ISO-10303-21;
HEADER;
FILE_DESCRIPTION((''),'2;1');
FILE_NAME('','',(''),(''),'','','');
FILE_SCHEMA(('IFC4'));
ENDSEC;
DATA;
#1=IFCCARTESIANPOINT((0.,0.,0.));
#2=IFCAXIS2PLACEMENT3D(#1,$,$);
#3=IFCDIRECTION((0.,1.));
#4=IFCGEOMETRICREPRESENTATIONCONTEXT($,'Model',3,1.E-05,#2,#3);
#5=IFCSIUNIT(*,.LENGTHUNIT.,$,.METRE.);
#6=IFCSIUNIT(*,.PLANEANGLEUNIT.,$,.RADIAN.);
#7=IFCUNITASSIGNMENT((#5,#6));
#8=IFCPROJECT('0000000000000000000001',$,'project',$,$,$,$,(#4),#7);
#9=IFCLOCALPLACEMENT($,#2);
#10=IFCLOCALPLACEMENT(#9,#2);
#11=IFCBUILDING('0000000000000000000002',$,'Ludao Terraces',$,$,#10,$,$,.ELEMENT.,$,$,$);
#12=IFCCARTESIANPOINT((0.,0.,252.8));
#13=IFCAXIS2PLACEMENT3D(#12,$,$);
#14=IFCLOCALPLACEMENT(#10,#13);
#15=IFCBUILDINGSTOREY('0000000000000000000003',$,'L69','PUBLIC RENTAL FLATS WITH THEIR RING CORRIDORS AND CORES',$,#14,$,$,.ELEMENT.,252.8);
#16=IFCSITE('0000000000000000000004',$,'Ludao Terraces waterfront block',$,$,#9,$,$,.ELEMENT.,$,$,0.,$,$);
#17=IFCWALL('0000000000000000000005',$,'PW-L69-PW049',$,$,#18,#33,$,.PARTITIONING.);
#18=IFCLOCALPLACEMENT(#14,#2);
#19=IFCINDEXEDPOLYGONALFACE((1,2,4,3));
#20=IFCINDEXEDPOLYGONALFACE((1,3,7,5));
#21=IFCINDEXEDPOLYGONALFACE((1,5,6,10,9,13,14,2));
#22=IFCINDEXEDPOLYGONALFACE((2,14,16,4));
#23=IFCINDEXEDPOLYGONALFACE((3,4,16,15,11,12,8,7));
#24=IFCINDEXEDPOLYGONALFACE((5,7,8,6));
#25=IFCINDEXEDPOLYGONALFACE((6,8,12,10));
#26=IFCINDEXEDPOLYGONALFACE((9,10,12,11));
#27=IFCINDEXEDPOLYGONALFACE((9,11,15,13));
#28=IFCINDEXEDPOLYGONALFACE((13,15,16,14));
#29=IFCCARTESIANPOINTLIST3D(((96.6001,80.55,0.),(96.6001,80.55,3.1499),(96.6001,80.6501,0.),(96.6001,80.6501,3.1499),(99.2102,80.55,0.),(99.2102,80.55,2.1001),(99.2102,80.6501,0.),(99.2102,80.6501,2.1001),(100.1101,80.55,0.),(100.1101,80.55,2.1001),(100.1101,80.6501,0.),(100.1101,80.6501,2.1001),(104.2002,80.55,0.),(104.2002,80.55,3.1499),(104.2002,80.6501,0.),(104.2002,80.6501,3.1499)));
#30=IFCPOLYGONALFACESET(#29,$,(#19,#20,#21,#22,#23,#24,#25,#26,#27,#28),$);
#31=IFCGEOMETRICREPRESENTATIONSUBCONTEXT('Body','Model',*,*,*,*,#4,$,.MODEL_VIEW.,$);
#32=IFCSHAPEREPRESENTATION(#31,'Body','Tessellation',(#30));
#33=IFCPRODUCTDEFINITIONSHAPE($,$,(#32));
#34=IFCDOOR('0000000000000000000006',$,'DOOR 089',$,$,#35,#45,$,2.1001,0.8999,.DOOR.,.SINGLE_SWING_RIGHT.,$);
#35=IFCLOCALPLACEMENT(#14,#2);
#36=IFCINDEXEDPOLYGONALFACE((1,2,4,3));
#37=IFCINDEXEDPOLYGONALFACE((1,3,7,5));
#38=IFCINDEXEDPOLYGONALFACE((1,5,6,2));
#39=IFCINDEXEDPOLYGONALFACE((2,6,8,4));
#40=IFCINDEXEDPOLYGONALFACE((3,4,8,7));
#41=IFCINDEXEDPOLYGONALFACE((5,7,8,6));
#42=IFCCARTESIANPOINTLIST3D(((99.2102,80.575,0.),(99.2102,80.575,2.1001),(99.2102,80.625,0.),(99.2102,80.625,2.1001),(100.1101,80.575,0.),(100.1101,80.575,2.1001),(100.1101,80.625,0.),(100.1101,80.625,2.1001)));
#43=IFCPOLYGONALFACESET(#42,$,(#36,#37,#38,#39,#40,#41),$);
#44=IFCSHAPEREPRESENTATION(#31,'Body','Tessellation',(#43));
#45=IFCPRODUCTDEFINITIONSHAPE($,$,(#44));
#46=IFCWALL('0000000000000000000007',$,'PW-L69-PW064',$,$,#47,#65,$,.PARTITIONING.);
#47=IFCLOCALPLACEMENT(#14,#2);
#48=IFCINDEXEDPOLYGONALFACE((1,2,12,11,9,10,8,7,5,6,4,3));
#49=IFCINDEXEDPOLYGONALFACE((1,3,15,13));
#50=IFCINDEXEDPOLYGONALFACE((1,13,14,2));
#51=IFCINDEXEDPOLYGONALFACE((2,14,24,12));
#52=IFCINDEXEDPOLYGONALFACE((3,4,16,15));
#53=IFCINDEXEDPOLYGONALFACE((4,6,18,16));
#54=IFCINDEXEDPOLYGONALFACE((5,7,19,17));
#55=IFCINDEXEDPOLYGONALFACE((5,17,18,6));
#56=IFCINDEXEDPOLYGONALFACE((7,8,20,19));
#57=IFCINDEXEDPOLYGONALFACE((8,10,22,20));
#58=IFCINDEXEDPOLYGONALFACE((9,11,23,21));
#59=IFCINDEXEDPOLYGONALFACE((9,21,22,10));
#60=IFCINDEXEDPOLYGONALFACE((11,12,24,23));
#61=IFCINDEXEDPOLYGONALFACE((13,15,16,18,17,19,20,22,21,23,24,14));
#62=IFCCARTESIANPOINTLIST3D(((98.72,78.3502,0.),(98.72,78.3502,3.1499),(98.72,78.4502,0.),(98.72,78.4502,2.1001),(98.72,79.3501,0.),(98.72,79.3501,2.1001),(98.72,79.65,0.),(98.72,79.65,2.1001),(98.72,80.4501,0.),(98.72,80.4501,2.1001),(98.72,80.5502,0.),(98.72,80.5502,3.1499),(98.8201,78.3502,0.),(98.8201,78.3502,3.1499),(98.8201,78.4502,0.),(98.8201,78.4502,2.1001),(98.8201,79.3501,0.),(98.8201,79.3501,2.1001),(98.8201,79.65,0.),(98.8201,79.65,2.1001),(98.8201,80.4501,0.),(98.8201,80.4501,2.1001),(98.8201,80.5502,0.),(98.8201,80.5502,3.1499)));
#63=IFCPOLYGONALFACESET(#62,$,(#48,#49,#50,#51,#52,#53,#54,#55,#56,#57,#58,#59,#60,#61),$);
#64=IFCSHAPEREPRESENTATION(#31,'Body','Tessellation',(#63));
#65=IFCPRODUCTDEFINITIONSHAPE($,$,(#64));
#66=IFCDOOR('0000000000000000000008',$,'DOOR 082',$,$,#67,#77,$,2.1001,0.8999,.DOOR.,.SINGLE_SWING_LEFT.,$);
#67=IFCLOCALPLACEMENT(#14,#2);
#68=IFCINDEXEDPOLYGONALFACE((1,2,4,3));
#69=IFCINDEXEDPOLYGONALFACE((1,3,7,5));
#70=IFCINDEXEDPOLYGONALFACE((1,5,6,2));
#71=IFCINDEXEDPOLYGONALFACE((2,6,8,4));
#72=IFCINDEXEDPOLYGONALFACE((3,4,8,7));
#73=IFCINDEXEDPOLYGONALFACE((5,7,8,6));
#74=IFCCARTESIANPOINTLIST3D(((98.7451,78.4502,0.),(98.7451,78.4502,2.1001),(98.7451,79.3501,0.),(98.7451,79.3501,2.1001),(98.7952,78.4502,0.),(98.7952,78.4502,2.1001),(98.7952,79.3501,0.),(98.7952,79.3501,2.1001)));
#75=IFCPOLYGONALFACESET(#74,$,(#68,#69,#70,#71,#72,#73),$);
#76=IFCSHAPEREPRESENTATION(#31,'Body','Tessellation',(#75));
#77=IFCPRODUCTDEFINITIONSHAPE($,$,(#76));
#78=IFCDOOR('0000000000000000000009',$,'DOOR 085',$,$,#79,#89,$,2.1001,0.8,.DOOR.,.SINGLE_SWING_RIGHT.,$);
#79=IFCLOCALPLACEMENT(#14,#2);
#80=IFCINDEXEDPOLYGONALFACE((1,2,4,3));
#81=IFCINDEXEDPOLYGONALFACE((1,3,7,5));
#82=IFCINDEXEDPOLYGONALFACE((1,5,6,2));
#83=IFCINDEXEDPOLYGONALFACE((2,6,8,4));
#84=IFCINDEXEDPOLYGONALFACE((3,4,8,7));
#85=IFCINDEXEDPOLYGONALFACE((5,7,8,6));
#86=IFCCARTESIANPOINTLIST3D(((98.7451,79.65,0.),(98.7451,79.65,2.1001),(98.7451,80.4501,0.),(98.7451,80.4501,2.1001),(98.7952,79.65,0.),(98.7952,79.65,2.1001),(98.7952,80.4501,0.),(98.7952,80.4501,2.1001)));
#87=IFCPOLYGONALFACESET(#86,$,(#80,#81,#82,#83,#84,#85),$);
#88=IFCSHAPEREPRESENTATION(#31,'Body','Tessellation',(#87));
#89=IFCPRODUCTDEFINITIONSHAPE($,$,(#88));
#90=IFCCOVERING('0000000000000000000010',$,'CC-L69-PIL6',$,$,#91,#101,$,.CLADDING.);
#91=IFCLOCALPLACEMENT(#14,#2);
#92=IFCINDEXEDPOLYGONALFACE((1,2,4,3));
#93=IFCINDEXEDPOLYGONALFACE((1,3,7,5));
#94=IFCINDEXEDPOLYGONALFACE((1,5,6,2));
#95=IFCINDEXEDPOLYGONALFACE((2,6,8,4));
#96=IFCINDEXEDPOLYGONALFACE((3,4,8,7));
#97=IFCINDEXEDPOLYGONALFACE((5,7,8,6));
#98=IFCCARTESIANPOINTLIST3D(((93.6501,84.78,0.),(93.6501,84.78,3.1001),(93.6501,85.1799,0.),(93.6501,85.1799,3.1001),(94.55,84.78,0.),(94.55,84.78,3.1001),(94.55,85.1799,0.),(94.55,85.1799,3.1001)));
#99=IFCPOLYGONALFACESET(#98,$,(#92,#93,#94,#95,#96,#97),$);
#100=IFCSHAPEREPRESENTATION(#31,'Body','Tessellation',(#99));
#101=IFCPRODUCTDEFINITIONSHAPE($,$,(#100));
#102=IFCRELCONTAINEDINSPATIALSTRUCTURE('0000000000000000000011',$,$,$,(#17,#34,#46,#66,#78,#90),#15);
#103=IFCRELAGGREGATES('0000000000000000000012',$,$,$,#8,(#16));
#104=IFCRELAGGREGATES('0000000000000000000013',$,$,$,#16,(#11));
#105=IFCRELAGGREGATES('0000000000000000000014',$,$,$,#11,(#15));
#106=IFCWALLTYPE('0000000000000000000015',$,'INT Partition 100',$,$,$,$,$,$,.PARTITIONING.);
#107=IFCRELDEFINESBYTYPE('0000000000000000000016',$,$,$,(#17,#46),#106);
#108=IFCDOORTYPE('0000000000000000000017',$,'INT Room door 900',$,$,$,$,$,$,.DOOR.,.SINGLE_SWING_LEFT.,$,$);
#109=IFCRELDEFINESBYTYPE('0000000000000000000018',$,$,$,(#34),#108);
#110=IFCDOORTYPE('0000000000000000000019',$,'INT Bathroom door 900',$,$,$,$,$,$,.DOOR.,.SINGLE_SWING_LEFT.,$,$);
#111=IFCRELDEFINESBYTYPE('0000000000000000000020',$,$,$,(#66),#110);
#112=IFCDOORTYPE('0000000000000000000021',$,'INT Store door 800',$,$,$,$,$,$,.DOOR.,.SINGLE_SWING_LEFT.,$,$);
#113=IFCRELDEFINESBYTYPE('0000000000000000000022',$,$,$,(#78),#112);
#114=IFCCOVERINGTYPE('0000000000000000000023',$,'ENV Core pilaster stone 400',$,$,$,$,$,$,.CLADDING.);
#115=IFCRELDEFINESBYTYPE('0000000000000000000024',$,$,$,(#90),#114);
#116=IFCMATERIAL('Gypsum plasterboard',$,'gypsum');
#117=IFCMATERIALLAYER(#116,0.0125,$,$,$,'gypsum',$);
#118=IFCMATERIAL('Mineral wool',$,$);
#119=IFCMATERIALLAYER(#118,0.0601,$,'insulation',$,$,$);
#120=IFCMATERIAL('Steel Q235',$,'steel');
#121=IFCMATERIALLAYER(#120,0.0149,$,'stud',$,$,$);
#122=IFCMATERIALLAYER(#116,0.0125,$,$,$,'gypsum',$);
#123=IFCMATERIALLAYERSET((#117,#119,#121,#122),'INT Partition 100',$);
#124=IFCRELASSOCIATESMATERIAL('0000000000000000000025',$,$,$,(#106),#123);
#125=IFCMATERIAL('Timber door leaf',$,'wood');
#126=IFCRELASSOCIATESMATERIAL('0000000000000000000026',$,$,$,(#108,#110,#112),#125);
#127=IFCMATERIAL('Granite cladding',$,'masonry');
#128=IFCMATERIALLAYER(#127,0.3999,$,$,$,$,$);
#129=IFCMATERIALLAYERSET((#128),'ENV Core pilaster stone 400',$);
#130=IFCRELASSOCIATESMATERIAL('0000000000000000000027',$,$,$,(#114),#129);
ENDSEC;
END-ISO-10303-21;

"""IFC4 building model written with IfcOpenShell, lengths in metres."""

from ifc_helpers import new_model, si_unit, direction, frame, frame_2d, origin, origin_2d, place, context, subcontext, project, spatial, rectangle, extrude, material, layer, layer_set, type_object, element, fill, save


model = new_model("IFC4")

# Units and contexts
model_context = context("Model", 3, precision=1e-05, world=origin(), true_north=direction((0.0, 1.0)))
body_context = subcontext(model_context, "Body", "Model", "MODEL_VIEW")
ifc_project = project(units=[si_unit("LENGTHUNIT", "METRE"), si_unit("PLANEANGLEUNIT", "RADIAN")], contexts=[model_context])

# Site, building, storey
site_placement = place(None, origin())
site = spatial("IfcSite", under=ifc_project, at=site_placement, Name="Ludao Terraces waterfront block", CompositionType="ELEMENT", RefElevation=0.0)
building_placement = place(site_placement, origin())
building = spatial("IfcBuilding", under=site, at=building_placement, Name="Ludao Terraces", CompositionType="ELEMENT")
storey_placement = place(building_placement, frame((0.0, 0.0, 252.8)))
storey = spatial("IfcBuildingStorey", under=building, at=storey_placement, Name="L69", Description="PUBLIC RENTAL FLATS WITH THEIR RING CORRIDORS AND CORES", CompositionType="ELEMENT", Elevation=252.8)

# Shared definitions
ifc_material_1 = material(Name="Steel Q235", Category="steel")

# Shared definitions
ifc_material_2 = material(Name="Granite cladding", Category="masonry")
ifc_material_3 = material(Name="Mineral wool")

# Shared definitions
ifc_material_4 = material(Name="Gypsum plasterboard", Category="gypsum")
ifc_layer_1 = layer(ifc_material_4, 0.0125, Category="gypsum")
ifc_layer_2 = layer(ifc_material_3, 0.0601, Name="insulation")
ifc_layer_3 = layer(ifc_material_1, 0.0149, Name="stud")
ifc_layer_4 = layer(ifc_material_4, 0.0125, Category="gypsum")
ifc_layer_set_1 = layer_set([ifc_layer_1, ifc_layer_2, ifc_layer_3, ifc_layer_4], Name="INT Partition 100")
wall_type_1 = type_object("IfcWallType", Name="INT Partition 100", PredefinedType="PARTITIONING", material=ifc_layer_set_1)

# Wall, opening, door
wall_1_placement = place(storey_placement, frame((96.6001, 80.6001, 0.0), z_axis=(0.0, 0.0, 1.0), x_axis=(1.0, 0.0, 0.0)))
wall_1 = element("IfcWall", 1, at=wall_1_placement, inside=storey, type_object=wall_type_1, Name="PW-L69-PW049", PredefinedType="PARTITIONING", context=body_context, shape_type="SweptSolid", body=[
    extrude(rectangle(XDim=7.6001, YDim=0.1001, at=frame_2d((3.8, 0.0))), origin(), (0.0, 0.0, 1.0), 3.1499),
])
opening_1_placement = place(wall_1_placement, frame((2.6101, 0.0, 0.0)))
opening_1 = element("IfcOpeningElement", 2, at=opening_1_placement, cuts=wall_1, PredefinedType="OPENING", context=body_context, shape_type="SweptSolid", body=[
    extrude(rectangle(XDim=0.8999, YDim=2.1001, at=frame_2d((0.45, 1.05))), frame((0.0, 0.0601, 0.0), z_axis=(0.0, -1.0, 0.0), x_axis=(1.0, 0.0, 0.0)), (0.0, 0.0, 1.0), 0.1201),
])
ifc_material_5 = material(Name="Timber door leaf", Category="wood")
door_type_1 = type_object("IfcDoorType", Name="INT Room door 900", OperationType="SINGLE_SWING_LEFT", PredefinedType="DOOR", material=ifc_material_5)
door_1_placement = place(opening_1_placement, origin())
door_1 = element("IfcDoor", 3, at=door_1_placement, inside=storey, type_object=door_type_1, Name="DOOR 089", OperationType="SINGLE_SWING_RIGHT", OverallHeight=2.1001, OverallWidth=0.8999, PredefinedType="DOOR", context=body_context, shape_type="SweptSolid", body=[
    extrude(rectangle(XDim=0.8999, YDim=2.1001, at=frame_2d((0.45, 1.05))), frame((0.0, 0.0249, 0.0), z_axis=(0.0, -1.0, 0.0), x_axis=(1.0, 0.0, 0.0)), (0.0, 0.0, 1.0), 0.05),
])
fill(opening_1, door_1)

# Wall, openings, doors
wall_2_placement = place(storey_placement, frame((98.77, 78.3501, 0.0), z_axis=(0.0, 0.0, 1.0), x_axis=(0.0, 1.0, 0.0)))
wall_2 = element("IfcWall", 4, at=wall_2_placement, inside=storey, type_object=wall_type_1, Name="PW-L69-PW064", PredefinedType="PARTITIONING", context=body_context, shape_type="SweptSolid", body=[
    extrude(rectangle(XDim=2.2, YDim=0.1001, at=frame_2d((1.1001, 0.0))), origin(), (0.0, 0.0, 1.0), 3.1499),
])
opening_2_placement = place(wall_2_placement, frame((0.1001, 0.0, 0.0)))
opening_2 = element("IfcOpeningElement", 5, at=opening_2_placement, cuts=wall_2, PredefinedType="OPENING", context=body_context, shape_type="SweptSolid", body=[
    extrude(rectangle(XDim=0.8999, YDim=2.1001, at=frame_2d((0.45, 1.05))), frame((0.0, 0.0601, 0.0), z_axis=(0.0, -1.0, 0.0), x_axis=(1.0, 0.0, 0.0)), (0.0, 0.0, 1.0), 0.1201),
])
opening_3_placement = place(wall_2_placement, frame((1.3, 0.0, 0.0)))
opening_3 = element("IfcOpeningElement", 6, at=opening_3_placement, cuts=wall_2, PredefinedType="OPENING", context=body_context, shape_type="SweptSolid", body=[
    extrude(rectangle(XDim=0.8, YDim=2.1001, at=frame_2d((0.3999, 1.05))), frame((0.0, 0.0601, 0.0), z_axis=(0.0, -1.0, 0.0), x_axis=(1.0, 0.0, 0.0)), (0.0, 0.0, 1.0), 0.1201),
])
door_type_2 = type_object("IfcDoorType", Name="INT Bathroom door 900", OperationType="SINGLE_SWING_LEFT", PredefinedType="DOOR", material=ifc_material_5)
door_2_placement = place(opening_2_placement, origin())
door_2 = element("IfcDoor", 7, at=door_2_placement, inside=storey, type_object=door_type_2, Name="DOOR 082", OperationType="SINGLE_SWING_LEFT", OverallHeight=2.1001, OverallWidth=0.8999, PredefinedType="DOOR", context=body_context, shape_type="SweptSolid", body=[
    extrude(rectangle(XDim=0.8999, YDim=2.1001, at=frame_2d((0.45, 1.05))), frame((0.0, 0.0249, 0.0), z_axis=(0.0, -1.0, 0.0), x_axis=(1.0, 0.0, 0.0)), (0.0, 0.0, 1.0), 0.05),
])
fill(opening_2, door_2)
door_type_3 = type_object("IfcDoorType", Name="INT Store door 800", OperationType="SINGLE_SWING_LEFT", PredefinedType="DOOR", material=ifc_material_5)
door_3_placement = place(opening_3_placement, origin())
door_3 = element("IfcDoor", 8, at=door_3_placement, inside=storey, type_object=door_type_3, Name="DOOR 085", OperationType="SINGLE_SWING_RIGHT", OverallHeight=2.1001, OverallWidth=0.8, PredefinedType="DOOR", context=body_context, shape_type="SweptSolid", body=[
    extrude(rectangle(XDim=0.8, YDim=2.1001, at=frame_2d((0.3999, 1.05))), frame((0.0, 0.0249, 0.0), z_axis=(0.0, -1.0, 0.0), x_axis=(1.0, 0.0, 0.0)), (0.0, 0.0, 1.0), 0.05),
])
fill(opening_3, door_3)

# Covering
ifc_layer_5 = layer(ifc_material_2, 0.3999)
ifc_layer_set_2 = layer_set([ifc_layer_5], Name="ENV Core pilaster stone 400")
covering_type = type_object("IfcCoveringType", Name="ENV Core pilaster stone 400", PredefinedType="CLADDING", material=ifc_layer_set_2)
covering_placement = place(storey_placement, frame((94.1001, 84.98, 0.0), z_axis=(0.0, 0.0, 1.0), x_axis=(1.0, 0.0, 0.0)))
element("IfcCovering", 9, at=covering_placement, inside=storey, type_object=covering_type, Name="CC-L69-PIL6", PredefinedType="CLADDING", context=body_context, shape_type="SweptSolid", body=[
    extrude(rectangle(XDim=0.8999, YDim=0.3999, at=origin_2d()), origin(), (0.0, 0.0, 1.0), 3.1001),
])

save(model, "model.ifc")
